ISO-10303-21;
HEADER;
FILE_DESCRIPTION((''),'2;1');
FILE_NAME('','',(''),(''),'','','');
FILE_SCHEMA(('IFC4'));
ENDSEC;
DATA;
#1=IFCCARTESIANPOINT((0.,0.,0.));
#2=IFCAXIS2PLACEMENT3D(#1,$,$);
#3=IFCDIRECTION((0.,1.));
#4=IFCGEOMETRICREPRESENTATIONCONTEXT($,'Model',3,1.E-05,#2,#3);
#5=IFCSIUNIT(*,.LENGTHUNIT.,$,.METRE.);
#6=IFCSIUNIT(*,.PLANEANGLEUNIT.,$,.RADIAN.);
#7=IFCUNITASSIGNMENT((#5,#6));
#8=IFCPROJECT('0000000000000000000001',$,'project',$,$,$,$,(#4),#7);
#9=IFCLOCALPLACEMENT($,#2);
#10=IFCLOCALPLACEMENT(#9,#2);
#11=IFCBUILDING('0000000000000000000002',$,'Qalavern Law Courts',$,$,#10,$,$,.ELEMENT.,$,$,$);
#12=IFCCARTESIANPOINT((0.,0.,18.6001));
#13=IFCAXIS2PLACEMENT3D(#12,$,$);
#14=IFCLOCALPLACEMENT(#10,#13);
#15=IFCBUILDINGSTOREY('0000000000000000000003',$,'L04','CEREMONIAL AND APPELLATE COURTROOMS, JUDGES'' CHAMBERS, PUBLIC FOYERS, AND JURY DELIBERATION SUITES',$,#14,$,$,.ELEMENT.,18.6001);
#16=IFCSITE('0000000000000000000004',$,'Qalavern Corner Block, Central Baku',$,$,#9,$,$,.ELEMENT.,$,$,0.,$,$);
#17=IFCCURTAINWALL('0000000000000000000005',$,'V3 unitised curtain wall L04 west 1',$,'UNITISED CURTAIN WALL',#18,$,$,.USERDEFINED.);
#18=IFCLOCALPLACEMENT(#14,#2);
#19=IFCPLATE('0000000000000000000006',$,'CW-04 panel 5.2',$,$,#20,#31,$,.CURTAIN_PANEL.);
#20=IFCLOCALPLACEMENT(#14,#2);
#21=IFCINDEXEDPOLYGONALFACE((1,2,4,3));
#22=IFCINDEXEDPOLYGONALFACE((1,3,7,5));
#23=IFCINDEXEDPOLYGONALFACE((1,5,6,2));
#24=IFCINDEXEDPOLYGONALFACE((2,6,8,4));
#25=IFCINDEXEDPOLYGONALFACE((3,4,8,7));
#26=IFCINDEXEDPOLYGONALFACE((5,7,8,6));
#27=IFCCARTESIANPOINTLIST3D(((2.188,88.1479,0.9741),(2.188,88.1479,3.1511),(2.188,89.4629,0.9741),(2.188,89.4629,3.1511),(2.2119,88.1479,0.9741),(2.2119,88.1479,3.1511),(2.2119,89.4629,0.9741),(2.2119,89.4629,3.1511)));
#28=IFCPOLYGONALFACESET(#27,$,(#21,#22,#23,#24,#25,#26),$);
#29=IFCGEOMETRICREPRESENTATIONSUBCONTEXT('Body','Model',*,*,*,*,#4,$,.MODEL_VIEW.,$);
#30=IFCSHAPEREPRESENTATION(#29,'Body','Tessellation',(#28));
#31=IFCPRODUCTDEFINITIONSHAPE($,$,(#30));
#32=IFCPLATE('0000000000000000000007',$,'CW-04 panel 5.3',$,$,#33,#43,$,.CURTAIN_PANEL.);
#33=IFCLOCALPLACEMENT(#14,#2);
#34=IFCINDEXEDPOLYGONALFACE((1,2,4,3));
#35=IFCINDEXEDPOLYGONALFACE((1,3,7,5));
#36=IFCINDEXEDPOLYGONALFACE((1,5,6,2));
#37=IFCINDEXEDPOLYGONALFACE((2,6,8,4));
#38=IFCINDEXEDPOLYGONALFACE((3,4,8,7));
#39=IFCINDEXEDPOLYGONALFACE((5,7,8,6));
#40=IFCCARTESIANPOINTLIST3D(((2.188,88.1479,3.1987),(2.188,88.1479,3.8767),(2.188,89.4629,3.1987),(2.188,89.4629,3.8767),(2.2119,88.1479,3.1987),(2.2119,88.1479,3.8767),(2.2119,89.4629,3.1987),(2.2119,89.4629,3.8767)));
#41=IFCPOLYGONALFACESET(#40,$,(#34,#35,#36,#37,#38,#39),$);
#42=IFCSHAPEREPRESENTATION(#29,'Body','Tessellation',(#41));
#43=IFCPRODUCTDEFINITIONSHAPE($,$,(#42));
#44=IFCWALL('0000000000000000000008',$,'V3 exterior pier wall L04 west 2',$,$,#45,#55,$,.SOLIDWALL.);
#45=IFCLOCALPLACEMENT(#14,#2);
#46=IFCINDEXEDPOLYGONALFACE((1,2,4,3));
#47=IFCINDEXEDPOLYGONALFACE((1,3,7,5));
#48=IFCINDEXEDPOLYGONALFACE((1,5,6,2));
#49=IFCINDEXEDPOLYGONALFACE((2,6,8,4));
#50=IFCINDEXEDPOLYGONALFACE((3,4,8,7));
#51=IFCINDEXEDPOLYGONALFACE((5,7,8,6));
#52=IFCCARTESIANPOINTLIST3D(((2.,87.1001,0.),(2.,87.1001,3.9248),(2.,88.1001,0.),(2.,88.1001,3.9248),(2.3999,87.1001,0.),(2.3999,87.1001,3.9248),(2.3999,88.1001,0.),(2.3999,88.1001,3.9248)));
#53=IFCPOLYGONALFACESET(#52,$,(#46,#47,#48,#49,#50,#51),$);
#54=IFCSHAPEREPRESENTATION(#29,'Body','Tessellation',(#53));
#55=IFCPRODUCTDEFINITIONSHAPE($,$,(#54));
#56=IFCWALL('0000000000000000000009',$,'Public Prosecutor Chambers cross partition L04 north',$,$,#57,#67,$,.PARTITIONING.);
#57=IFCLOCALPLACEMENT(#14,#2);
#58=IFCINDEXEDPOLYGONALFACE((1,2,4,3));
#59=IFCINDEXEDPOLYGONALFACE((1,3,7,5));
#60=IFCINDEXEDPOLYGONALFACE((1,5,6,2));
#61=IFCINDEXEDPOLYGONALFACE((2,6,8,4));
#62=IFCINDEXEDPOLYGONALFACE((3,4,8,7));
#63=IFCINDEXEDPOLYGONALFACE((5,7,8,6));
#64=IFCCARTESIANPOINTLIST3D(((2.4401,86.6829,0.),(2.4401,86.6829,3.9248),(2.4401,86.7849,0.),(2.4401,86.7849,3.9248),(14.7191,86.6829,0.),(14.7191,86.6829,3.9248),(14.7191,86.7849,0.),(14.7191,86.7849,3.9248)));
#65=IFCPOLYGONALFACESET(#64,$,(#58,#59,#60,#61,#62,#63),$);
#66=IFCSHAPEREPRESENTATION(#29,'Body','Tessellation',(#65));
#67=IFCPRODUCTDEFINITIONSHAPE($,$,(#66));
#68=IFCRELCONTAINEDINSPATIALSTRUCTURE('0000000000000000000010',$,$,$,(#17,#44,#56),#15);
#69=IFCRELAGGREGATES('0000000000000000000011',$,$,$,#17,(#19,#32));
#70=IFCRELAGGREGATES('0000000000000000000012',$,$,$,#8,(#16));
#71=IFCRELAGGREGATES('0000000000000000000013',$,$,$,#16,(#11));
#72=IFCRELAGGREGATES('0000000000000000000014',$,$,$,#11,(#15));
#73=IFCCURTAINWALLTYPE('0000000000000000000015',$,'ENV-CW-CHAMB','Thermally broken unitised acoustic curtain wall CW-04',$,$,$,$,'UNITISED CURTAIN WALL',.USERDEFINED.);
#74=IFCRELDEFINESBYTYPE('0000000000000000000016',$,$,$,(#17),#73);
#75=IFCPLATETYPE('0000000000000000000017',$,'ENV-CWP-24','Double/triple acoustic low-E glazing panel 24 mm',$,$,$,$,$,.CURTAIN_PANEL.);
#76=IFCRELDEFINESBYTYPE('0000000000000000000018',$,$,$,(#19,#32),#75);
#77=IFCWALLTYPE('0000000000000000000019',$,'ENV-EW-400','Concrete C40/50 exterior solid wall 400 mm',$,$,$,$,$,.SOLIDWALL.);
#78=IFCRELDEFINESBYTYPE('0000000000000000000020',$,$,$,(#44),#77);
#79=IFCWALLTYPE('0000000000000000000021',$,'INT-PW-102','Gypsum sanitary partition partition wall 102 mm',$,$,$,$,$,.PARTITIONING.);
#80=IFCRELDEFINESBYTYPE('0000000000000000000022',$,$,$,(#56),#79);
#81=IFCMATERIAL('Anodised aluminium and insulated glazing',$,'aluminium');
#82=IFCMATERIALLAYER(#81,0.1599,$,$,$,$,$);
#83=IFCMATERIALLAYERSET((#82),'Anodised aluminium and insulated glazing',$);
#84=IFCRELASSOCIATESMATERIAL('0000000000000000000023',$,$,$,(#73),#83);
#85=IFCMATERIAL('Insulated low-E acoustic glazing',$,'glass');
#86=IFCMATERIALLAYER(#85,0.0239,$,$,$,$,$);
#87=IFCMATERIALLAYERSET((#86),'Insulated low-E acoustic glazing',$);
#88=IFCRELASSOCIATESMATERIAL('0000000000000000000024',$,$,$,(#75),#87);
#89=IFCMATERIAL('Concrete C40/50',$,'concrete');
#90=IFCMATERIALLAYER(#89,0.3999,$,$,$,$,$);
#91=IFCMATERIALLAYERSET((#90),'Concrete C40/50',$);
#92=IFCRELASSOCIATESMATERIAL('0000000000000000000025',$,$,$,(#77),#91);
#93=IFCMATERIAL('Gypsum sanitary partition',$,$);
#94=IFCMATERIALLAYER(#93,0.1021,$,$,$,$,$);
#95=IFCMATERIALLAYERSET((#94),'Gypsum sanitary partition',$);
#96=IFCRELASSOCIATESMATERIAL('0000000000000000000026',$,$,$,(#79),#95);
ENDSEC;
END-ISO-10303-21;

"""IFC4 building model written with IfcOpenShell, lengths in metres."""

from ifc_helpers import new_model, si_unit, direction, frame, frame_2d, origin, origin_2d, place, context, subcontext, project, spatial, rectangle, extrude, material, layer, layer_set, type_object, element, aggregate, save


model = new_model("IFC4")

# Units and contexts
model_context = context("Model", 3, precision=1e-05, world=origin(), true_north=direction((0.0, 1.0)))
body_context = subcontext(model_context, "Body", "Model", "MODEL_VIEW")
ifc_project = project(units=[si_unit("LENGTHUNIT", "METRE"), si_unit("PLANEANGLEUNIT", "RADIAN")], contexts=[model_context])

# Site, building, storey
site_placement = place(None, origin())
site = spatial("IfcSite", under=ifc_project, at=site_placement, Name="Qalavern Corner Block, Central Baku", CompositionType="ELEMENT", RefElevation=0.0)
building_placement = place(site_placement, origin())
building = spatial("IfcBuilding", under=site, at=building_placement, Name="Qalavern Law Courts", CompositionType="ELEMENT")
storey_placement = place(building_placement, frame((0.0, 0.0, 18.6001)))
storey = spatial("IfcBuildingStorey", under=building, at=storey_placement, Name="L04", Description="CEREMONIAL AND APPELLATE COURTROOMS, JUDGES' CHAMBERS, PUBLIC FOYERS, AND JURY DELIBERATION SUITES", CompositionType="ELEMENT", Elevation=18.6001)

# Curtain wall
ifc_material_1 = material(Name="Anodised aluminium and insulated glazing", Category="aluminium")
ifc_layer_1 = layer(ifc_material_1, 0.1599)
ifc_layer_set_1 = layer_set([ifc_layer_1], Name="Anodised aluminium and insulated glazing")
curtain_wall_type = type_object("IfcCurtainWallType", Name="ENV-CW-CHAMB", Description="Thermally broken unitised acoustic curtain wall CW-04", ElementType="UNITISED CURTAIN WALL", PredefinedType="USERDEFINED", material=ifc_layer_set_1)
curtain_wall_placement = place(storey_placement, origin())
curtain_wall = element("IfcCurtainWall", 1, at=curtain_wall_placement, inside=storey, type_object=curtain_wall_type, Name="V3 unitised curtain wall L04 west 1", ObjectType="UNITISED CURTAIN WALL", PredefinedType="USERDEFINED")

# Shared definitions
ifc_material_2 = material(Name="Concrete C40/50", Category="concrete")

# Plates
ifc_material_3 = material(Name="Insulated low-E acoustic glazing", Category="glass")
ifc_layer_2 = layer(ifc_material_3, 0.0239)
ifc_layer_set_2 = layer_set([ifc_layer_2], Name="Insulated low-E acoustic glazing")
plate_type = type_object("IfcPlateType", Name="ENV-CWP-24", Description="Double/triple acoustic low-E glazing panel 24 mm", PredefinedType="CURTAIN_PANEL", material=ifc_layer_set_2)
plate_1_placement = place(storey_placement, frame((2.2, 88.8054, 0.9741), z_axis=(0.0, 0.0, 1.0), x_axis=(0.0, -1.0, 0.0)))
plate_1 = element("IfcPlate", 2, at=plate_1_placement, type_object=plate_type, Name="CW-04 panel 5.2", PredefinedType="CURTAIN_PANEL", context=body_context, shape_type="SweptSolid", body=[
    extrude(rectangle(XDim=1.3149, YDim=0.0239, at=origin_2d()), origin(), (0.0, 0.0, 1.0), 2.177),
])
plate_2_placement = place(storey_placement, frame((2.2, 88.8054, 3.1987), z_axis=(0.0, 0.0, 1.0), x_axis=(0.0, -1.0, 0.0)))
plate_2 = element("IfcPlate", 3, at=plate_2_placement, type_object=plate_type, Name="CW-04 panel 5.3", PredefinedType="CURTAIN_PANEL", context=body_context, shape_type="SweptSolid", body=[
    extrude(rectangle(XDim=1.3149, YDim=0.0239, at=origin_2d()), origin(), (0.0, 0.0, 1.0), 0.678),
])
aggregate(curtain_wall, [plate_1, plate_2])

# Walls
ifc_layer_3 = layer(ifc_material_2, 0.3999)
ifc_layer_set_3 = layer_set([ifc_layer_3], Name="Concrete C40/50")
wall_type_1 = type_object("IfcWallType", Name="ENV-EW-400", Description="Concrete C40/50 exterior solid wall 400 mm", PredefinedType="SOLIDWALL", material=ifc_layer_set_3)
wall_1_placement = place(storey_placement, frame((2.2, 88.1001, 0.0), z_axis=(0.0, 0.0, 1.0), x_axis=(0.0, -1.0, 0.0)))
element("IfcWall", 4, at=wall_1_placement, inside=storey, type_object=wall_type_1, Name="V3 exterior pier wall L04 west 2", PredefinedType="SOLIDWALL", context=body_context, shape_type="SweptSolid", body=[
    extrude(rectangle(XDim=1.0, YDim=0.3999, at=frame_2d((0.5, 0.0))), origin(), (0.0, 0.0, 1.0), 3.9248),
])
ifc_material_4 = material(Name="Gypsum sanitary partition")
ifc_layer_4 = layer(ifc_material_4, 0.1021)
ifc_layer_set_4 = layer_set([ifc_layer_4], Name="Gypsum sanitary partition")
wall_type_2 = type_object("IfcWallType", Name="INT-PW-102", Description="Gypsum sanitary partition partition wall 102 mm", PredefinedType="PARTITIONING", material=ifc_layer_set_4)
wall_2_placement = place(storey_placement, frame((2.4399, 86.7339, 0.0), z_axis=(0.0, 0.0, 1.0), x_axis=(1.0, 0.0, 0.0)))
element("IfcWall", 5, at=wall_2_placement, inside=storey, type_object=wall_type_2, Name="Public Prosecutor Chambers cross partition L04 north", PredefinedType="PARTITIONING", context=body_context, shape_type="SweptSolid", body=[
    extrude(rectangle(XDim=12.2791, YDim=0.1021, at=frame_2d((6.1396, 0.0))), origin(), (0.0, 0.0, 1.0), 3.9248),
])

save(model, "model.ifc")
